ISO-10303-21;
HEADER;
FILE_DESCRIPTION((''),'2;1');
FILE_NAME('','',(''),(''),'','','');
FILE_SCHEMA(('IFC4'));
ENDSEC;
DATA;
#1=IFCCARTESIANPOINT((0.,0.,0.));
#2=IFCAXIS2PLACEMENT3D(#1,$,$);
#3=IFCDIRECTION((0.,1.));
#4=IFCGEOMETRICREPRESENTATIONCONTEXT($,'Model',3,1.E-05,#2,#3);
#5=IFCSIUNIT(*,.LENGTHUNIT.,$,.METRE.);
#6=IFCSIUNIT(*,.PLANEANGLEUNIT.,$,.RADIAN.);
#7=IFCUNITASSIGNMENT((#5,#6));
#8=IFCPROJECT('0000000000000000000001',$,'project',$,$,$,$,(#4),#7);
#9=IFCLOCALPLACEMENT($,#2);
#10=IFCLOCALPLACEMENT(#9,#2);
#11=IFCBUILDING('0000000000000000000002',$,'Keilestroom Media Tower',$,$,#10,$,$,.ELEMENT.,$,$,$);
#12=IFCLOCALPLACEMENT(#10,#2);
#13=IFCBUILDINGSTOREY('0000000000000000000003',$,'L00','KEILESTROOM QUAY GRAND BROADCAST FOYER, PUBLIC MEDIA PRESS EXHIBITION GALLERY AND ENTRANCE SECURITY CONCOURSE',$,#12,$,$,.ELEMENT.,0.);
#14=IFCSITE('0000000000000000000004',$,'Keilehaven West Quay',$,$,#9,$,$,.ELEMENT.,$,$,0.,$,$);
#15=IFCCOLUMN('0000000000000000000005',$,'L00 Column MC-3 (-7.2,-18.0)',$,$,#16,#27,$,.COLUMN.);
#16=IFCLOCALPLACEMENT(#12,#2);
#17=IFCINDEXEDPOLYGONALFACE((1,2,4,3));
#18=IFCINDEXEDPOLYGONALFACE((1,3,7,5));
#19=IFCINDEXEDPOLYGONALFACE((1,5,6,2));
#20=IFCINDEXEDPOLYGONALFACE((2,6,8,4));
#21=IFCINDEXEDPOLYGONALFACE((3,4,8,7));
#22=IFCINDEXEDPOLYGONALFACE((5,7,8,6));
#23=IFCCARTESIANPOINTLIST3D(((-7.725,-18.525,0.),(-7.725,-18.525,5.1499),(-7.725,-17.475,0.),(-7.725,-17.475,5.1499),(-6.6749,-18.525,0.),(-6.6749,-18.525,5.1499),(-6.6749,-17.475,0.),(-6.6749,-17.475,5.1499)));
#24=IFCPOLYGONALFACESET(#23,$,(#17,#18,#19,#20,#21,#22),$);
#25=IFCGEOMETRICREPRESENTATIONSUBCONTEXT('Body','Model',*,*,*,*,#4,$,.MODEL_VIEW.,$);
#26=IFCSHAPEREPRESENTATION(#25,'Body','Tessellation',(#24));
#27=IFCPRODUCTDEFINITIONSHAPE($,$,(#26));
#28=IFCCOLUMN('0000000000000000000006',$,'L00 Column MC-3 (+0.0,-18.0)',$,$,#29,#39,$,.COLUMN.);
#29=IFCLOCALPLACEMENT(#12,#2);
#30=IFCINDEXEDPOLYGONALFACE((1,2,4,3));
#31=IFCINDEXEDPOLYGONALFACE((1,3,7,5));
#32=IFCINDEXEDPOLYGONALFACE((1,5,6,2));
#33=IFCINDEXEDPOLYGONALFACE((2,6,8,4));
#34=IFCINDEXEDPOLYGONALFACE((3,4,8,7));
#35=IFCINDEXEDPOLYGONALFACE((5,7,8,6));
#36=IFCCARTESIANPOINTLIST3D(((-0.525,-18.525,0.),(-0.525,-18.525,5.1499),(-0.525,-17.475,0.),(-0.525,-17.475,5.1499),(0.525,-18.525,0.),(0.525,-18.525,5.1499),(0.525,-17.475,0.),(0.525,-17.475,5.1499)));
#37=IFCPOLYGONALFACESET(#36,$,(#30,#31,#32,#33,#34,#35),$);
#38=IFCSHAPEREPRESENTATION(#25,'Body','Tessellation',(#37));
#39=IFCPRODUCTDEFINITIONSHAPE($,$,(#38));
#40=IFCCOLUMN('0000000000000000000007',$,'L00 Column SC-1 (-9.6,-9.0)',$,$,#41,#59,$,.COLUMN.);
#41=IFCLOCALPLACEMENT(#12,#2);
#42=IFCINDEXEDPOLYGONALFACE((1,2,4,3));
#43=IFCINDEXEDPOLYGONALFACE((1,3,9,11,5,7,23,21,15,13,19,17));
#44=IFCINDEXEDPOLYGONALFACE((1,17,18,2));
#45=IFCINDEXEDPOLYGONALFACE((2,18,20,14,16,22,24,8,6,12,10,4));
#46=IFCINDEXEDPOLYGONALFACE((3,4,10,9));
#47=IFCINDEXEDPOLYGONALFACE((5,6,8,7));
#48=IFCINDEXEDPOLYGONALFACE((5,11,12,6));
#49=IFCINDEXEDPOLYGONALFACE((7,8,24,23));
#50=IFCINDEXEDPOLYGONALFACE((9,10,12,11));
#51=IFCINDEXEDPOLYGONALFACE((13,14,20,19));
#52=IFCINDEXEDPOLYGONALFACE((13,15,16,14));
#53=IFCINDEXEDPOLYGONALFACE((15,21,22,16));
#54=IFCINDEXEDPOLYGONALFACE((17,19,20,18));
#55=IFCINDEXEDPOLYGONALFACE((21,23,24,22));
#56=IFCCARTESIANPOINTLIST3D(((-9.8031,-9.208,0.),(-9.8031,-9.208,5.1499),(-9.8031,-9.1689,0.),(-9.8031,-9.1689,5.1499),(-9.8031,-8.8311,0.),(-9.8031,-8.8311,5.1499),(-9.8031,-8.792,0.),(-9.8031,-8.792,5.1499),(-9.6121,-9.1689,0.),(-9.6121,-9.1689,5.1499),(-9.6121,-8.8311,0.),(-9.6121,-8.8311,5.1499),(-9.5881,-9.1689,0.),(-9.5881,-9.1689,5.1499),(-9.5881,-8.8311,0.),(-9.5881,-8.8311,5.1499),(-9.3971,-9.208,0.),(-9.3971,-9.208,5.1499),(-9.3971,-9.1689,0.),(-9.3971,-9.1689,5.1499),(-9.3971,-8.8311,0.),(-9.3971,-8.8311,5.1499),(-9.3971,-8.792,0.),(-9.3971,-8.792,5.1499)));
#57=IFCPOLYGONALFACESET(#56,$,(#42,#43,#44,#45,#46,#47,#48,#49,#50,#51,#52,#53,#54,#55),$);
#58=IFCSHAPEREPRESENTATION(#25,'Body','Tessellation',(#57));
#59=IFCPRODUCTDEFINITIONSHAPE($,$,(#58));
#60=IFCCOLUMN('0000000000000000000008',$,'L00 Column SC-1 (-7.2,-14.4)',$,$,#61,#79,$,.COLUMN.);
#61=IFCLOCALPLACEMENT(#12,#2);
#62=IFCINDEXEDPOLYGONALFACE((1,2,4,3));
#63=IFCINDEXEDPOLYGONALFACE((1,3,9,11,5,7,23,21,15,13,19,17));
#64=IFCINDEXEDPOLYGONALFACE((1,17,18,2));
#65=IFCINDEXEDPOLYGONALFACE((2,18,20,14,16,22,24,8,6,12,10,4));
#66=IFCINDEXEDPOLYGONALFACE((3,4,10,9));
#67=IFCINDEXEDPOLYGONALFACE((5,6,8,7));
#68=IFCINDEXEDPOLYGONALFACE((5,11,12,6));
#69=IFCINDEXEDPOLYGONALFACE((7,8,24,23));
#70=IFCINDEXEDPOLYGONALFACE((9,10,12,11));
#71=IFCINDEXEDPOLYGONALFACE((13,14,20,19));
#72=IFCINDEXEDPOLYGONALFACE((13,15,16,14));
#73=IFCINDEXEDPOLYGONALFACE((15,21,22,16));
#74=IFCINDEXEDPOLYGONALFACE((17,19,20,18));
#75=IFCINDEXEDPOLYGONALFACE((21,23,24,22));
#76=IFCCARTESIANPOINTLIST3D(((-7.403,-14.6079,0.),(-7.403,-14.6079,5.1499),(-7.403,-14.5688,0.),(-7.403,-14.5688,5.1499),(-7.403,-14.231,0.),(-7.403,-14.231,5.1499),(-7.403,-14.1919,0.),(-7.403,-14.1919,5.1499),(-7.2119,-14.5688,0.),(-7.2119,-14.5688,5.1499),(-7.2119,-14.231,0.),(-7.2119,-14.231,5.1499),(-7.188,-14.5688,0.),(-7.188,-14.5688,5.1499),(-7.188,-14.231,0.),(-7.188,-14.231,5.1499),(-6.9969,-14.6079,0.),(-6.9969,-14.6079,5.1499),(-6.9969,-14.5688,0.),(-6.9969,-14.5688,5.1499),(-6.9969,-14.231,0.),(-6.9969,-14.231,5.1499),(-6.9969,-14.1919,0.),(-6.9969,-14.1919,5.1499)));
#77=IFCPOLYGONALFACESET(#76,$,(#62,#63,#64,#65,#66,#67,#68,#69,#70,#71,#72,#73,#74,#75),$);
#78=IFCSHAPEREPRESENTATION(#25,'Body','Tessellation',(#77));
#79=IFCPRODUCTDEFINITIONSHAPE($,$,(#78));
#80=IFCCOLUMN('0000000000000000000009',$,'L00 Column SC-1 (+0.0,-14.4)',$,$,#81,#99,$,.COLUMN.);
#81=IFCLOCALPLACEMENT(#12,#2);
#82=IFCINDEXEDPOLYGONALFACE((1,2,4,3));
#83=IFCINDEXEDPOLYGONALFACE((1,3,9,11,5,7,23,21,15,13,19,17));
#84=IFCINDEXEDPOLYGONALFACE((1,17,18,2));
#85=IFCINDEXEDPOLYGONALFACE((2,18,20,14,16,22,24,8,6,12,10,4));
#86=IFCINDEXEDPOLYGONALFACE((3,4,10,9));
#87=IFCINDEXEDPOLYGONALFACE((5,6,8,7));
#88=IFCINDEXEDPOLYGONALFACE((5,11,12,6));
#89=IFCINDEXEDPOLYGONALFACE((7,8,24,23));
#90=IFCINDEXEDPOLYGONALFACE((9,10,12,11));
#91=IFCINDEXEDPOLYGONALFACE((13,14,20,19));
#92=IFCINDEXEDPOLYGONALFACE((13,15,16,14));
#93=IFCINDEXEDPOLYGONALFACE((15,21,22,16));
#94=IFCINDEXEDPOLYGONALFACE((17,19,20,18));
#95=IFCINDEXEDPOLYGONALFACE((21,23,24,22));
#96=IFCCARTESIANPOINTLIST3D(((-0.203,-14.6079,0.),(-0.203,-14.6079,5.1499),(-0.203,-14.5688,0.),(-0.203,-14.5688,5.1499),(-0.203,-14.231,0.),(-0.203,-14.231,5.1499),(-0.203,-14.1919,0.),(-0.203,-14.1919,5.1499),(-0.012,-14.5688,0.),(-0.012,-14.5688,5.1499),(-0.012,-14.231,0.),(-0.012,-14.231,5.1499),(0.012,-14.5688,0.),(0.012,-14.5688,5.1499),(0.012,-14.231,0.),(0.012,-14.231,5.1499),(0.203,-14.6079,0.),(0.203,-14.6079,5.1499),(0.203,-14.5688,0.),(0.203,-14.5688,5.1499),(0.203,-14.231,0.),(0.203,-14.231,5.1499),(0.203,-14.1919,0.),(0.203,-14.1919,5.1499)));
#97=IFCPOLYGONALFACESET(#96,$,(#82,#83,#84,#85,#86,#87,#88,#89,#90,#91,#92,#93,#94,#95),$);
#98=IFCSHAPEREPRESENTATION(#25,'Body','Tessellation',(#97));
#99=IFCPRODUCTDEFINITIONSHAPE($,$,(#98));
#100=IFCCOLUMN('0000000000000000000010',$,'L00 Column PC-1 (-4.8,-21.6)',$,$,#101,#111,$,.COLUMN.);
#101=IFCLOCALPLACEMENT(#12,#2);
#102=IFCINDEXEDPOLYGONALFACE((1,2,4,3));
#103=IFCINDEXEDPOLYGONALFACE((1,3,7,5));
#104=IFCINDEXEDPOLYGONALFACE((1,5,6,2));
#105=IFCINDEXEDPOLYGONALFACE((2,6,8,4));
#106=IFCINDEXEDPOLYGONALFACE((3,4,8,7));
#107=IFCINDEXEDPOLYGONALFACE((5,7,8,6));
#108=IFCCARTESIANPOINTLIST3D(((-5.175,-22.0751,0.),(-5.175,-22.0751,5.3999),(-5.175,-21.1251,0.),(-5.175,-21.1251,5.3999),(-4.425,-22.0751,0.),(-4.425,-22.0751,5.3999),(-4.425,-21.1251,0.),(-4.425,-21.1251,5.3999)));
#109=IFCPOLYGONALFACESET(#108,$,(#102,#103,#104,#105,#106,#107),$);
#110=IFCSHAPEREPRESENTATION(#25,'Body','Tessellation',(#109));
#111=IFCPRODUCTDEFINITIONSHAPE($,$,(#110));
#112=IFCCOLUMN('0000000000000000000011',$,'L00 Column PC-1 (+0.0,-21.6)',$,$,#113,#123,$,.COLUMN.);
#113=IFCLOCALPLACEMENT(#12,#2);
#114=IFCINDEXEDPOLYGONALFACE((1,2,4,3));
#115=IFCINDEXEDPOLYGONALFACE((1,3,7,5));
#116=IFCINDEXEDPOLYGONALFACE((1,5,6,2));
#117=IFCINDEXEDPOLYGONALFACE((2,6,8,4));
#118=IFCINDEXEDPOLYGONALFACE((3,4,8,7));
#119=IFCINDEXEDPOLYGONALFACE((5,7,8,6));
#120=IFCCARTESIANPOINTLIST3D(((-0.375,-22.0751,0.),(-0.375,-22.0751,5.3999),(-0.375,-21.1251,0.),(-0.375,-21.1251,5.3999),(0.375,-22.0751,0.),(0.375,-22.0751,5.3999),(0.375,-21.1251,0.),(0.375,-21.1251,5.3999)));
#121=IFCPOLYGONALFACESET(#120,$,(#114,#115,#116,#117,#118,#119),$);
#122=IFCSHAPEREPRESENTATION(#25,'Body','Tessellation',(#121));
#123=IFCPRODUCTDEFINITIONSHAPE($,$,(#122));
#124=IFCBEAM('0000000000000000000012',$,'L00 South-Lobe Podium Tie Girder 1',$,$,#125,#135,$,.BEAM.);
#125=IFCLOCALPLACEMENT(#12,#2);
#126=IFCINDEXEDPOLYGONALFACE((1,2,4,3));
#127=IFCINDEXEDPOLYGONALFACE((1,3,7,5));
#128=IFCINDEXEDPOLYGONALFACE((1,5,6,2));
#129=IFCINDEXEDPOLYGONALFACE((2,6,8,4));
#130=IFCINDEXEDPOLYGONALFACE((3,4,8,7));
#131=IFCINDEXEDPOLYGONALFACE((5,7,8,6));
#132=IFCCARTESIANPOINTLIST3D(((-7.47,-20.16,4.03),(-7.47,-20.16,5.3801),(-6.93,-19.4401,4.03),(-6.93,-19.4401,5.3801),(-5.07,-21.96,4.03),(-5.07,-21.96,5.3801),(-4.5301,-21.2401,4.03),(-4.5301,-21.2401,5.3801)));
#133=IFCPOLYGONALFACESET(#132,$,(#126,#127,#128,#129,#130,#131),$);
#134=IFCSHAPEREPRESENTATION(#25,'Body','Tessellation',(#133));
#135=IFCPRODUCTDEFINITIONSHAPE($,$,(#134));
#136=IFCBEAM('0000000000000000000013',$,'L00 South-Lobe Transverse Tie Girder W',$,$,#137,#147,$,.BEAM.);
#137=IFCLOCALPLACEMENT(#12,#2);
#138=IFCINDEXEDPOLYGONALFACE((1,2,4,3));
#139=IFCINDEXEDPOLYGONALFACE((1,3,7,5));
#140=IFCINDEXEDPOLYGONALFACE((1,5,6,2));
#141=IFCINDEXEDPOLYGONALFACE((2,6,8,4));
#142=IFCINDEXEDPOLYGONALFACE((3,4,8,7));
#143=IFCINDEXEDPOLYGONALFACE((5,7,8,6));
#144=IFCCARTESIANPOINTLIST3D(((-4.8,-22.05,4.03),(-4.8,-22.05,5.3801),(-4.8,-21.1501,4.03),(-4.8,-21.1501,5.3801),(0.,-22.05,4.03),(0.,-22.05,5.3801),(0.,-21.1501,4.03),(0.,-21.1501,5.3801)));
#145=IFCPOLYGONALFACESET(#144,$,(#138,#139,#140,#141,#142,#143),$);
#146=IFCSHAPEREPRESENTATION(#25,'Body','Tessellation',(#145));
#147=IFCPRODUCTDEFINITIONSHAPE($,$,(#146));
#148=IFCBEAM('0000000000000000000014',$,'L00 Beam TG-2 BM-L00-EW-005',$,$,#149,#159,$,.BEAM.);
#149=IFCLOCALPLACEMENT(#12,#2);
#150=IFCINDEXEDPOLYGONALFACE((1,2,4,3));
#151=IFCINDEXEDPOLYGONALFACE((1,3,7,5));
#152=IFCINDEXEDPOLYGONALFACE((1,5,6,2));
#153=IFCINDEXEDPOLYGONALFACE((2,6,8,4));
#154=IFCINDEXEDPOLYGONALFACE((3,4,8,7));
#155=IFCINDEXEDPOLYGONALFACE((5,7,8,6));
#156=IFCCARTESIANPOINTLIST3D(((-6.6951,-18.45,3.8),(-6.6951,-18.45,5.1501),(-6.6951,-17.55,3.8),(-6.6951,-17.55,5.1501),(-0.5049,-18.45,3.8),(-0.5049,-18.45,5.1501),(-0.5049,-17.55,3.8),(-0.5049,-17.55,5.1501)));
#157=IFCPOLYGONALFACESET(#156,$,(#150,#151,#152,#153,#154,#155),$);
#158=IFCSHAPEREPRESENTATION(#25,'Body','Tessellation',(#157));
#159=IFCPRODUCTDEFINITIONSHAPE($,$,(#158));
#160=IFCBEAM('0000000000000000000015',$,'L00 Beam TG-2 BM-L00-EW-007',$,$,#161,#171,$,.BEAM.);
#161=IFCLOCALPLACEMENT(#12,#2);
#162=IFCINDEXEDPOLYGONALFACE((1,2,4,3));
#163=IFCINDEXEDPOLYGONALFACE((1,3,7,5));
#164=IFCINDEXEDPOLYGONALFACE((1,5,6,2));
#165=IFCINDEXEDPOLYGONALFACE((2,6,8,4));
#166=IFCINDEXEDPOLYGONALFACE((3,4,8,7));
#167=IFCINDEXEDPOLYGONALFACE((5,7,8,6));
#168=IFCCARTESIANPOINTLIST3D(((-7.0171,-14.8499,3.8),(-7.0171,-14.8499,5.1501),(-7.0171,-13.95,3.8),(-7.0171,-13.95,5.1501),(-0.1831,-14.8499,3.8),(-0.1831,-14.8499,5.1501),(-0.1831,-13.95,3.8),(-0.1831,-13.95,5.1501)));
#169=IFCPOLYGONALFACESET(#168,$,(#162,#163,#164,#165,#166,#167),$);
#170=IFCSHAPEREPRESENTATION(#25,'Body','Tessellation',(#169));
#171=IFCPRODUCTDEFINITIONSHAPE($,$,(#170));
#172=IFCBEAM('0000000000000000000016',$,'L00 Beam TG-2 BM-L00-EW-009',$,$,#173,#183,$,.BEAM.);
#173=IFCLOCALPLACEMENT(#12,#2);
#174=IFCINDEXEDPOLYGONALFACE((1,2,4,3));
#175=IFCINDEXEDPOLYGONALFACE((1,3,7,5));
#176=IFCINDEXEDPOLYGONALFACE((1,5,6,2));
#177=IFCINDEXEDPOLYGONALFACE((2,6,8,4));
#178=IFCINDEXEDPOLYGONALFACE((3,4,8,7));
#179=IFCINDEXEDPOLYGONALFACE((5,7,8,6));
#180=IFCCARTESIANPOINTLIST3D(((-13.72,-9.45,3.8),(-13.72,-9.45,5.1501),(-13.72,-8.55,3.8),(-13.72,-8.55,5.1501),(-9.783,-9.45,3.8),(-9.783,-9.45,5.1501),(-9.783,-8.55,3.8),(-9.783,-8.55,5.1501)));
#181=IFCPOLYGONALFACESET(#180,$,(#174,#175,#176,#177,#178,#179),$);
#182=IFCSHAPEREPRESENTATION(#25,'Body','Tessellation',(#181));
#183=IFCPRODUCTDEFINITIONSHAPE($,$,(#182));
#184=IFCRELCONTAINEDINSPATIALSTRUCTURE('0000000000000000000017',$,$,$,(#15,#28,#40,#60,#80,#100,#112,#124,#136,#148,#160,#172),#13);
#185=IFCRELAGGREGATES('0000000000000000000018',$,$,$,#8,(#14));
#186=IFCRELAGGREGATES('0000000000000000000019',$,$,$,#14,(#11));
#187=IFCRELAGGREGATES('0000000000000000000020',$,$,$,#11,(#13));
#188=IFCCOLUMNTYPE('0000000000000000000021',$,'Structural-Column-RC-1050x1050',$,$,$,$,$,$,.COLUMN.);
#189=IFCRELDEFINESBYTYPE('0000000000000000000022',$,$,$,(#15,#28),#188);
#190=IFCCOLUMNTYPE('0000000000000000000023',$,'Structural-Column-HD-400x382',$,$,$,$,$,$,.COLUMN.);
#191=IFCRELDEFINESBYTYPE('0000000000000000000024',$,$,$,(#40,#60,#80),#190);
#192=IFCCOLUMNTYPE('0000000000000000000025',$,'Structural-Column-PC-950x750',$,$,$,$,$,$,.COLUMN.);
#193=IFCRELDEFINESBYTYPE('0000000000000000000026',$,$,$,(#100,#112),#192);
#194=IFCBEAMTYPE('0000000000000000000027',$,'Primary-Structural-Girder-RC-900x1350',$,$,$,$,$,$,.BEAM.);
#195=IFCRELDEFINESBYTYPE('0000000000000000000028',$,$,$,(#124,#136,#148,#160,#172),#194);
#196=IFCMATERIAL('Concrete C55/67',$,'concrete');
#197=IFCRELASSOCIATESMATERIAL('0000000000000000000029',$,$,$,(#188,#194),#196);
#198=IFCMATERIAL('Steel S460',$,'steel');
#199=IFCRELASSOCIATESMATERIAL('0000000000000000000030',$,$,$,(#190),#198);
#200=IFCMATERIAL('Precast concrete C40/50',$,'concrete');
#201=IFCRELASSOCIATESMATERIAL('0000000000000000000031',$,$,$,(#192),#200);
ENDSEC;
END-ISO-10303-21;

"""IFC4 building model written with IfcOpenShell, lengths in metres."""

from ifc_helpers import new_model, si_unit, direction, frame, origin, origin_2d, place, context, subcontext, project, spatial, rectangle, i_section, extrude, source, transform, mapped, material, material_profile, profile_set, type_object, element, save


model = new_model("IFC4")

# Units and contexts
model_context = context("Model", 3, precision=1e-05, world=origin(), true_north=direction((0.0, 1.0)))
body_context = subcontext(model_context, "Body", "Model", "MODEL_VIEW")
ifc_project = project(units=[si_unit("LENGTHUNIT", "METRE"), si_unit("PLANEANGLEUNIT", "RADIAN")], contexts=[model_context])

# Site, building, storey
site_placement = place(None, origin())
site = spatial("IfcSite", under=ifc_project, at=site_placement, Name="Keilehaven West Quay", CompositionType="ELEMENT", RefElevation=0.0)
building_placement = place(site_placement, origin())
building = spatial("IfcBuilding", under=site, at=building_placement, Name="Keilestroom Media Tower", CompositionType="ELEMENT")
storey_placement = place(building_placement, origin())
storey = spatial("IfcBuildingStorey", under=building, at=storey_placement, Name="L00", Description="KEILESTROOM QUAY GRAND BROADCAST FOYER, PUBLIC MEDIA PRESS EXHIBITION GALLERY AND ENTRANCE SECURITY CONCOURSE", CompositionType="ELEMENT", Elevation=0.0)

# Columns
ifc_material_1 = material(Name="Concrete C55/67", Category="concrete")
ifc_material_profile_1 = material_profile(ifc_material_1, rectangle(XDim=1.05, YDim=1.05, at=origin_2d()), Name="RC 1050x1050")
ifc_profile_set_1 = profile_set([ifc_material_profile_1], Name="Concrete C55/67")
column_type_1 = type_object("IfcColumnType", Name="Structural-Column-RC-1050x1050", PredefinedType="COLUMN", material=ifc_profile_set_1)
shared_shape_1 = source(origin(), body_context, "Body", "SweptSolid", [
    extrude(rectangle(XDim=1.05, YDim=1.05, at=origin_2d()), origin(), (0.0, 0.0, 1.0), 5.1499),
])
for number, where, z_axis, x_axis, name in (
    (1, (-7.2, -18.0, 0.0), (0.0, 0.0, 1.0), (1.0, 0.0, 0.0), "L00 Column MC-3 (-7.2,-18.0)"),
    (2, (0.0, -18.0, 0.0), (0.0, 0.0, 1.0), (1.0, 0.0, 0.0), "L00 Column MC-3 (+0.0,-18.0)"),
):
    element("IfcColumn", number, at=place(storey_placement, frame(where, z_axis=z_axis, x_axis=x_axis)), inside=storey, type_object=column_type_1, Name=name, PredefinedType="COLUMN", context=body_context, shape_type="MappedRepresentation", body=[
        mapped(shared_shape_1, transform((0.0, 0.0, 0.0), x_axis=(1.0, 0.0, 0.0), y_axis=(0.0, 1.0, 0.0), z_axis=(0.0, 0.0, 1.0), scale=1.0)),
    ])
ifc_material_2 = material(Name="Steel S460", Category="steel")
ifc_material_profile_2 = material_profile(ifc_material_2, i_section(OverallWidth=0.406, OverallDepth=0.416, WebThickness=0.0239, FlangeThickness=0.0391, at=origin_2d()), Name="HD 400x382")
ifc_profile_set_2 = profile_set([ifc_material_profile_2], Name="Steel S460")
column_type_2 = type_object("IfcColumnType", Name="Structural-Column-HD-400x382", PredefinedType="COLUMN", material=ifc_profile_set_2)
shared_shape_2 = source(origin(), body_context, "Body", "SweptSolid", [
    extrude(i_section(OverallWidth=0.406, OverallDepth=0.416, WebThickness=0.0239, FlangeThickness=0.0391, at=origin_2d()), origin(), (0.0, 0.0, 1.0), 5.1499),
])
for number, where, z_axis, x_axis, name in (
    (3, (-9.6001, -9.0, 0.0), (0.0, 0.0, 1.0), (1.0, 0.0, 0.0), "L00 Column SC-1 (-9.6,-9.0)"),
    (4, (-7.2, -14.3999, 0.0), (0.0, 0.0, 1.0), (1.0, 0.0, 0.0), "L00 Column SC-1 (-7.2,-14.4)"),
    (5, (0.0, -14.3999, 0.0), (0.0, 0.0, 1.0), (1.0, 0.0, 0.0), "L00 Column SC-1 (+0.0,-14.4)"),
):
    element("IfcColumn", number, at=place(storey_placement, frame(where, z_axis=z_axis, x_axis=x_axis)), inside=storey, type_object=column_type_2, Name=name, PredefinedType="COLUMN", context=body_context, shape_type="MappedRepresentation", body=[
        mapped(shared_shape_2, transform((0.0, 0.0, 0.0), x_axis=(1.0, 0.0, 0.0), y_axis=(0.0, 1.0, 0.0), z_axis=(0.0, 0.0, 1.0), scale=1.0)),
    ])
ifc_material_3 = material(Name="Precast concrete C40/50", Category="concrete")
ifc_material_profile_3 = material_profile(ifc_material_3, rectangle(XDim=0.75, YDim=0.95, at=origin_2d()), Name="PC 950x750")
ifc_profile_set_3 = profile_set([ifc_material_profile_3], Name="Precast concrete C40/50")
column_type_3 = type_object("IfcColumnType", Name="Structural-Column-PC-950x750", PredefinedType="COLUMN", material=ifc_profile_set_3)
shared_shape_3 = source(origin(), body_context, "Body", "SweptSolid", [
    extrude(rectangle(XDim=0.75, YDim=0.95, at=origin_2d()), origin(), (0.0, 0.0, 1.0), 5.3999),
])
for number, where, z_axis, x_axis, name in (
    (6, (-4.8, -21.6001, 0.0), (0.0, 0.0, 1.0), (1.0, 0.0, 0.0), "L00 Column PC-1 (-4.8,-21.6)"),
    (7, (0.0, -21.6001, 0.0), (0.0, 0.0, 1.0), (1.0, 0.0, 0.0), "L00 Column PC-1 (+0.0,-21.6)"),
):
    element("IfcColumn", number, at=place(storey_placement, frame(where, z_axis=z_axis, x_axis=x_axis)), inside=storey, type_object=column_type_3, Name=name, PredefinedType="COLUMN", context=body_context, shape_type="MappedRepresentation", body=[
        mapped(shared_shape_3, transform((0.0, 0.0, 0.0), x_axis=(1.0, 0.0, 0.0), y_axis=(0.0, 1.0, 0.0), z_axis=(0.0, 0.0, 1.0), scale=1.0)),
    ])

# Beams
ifc_material_profile_4 = material_profile(ifc_material_1, rectangle(XDim=0.8999, YDim=1.3501, at=origin_2d()), Name="RC 900x1350")
ifc_profile_set_4 = profile_set([ifc_material_profile_4], Name="Concrete C55/67")
beam_type_1 = type_object("IfcBeamType", Name="Primary-Structural-Girder-RC-900x1350", PredefinedType="BEAM", material=ifc_profile_set_4)
shared_shape_4 = source(origin(), body_context, "Body", "SweptSolid", [
    extrude(rectangle(XDim=0.8999, YDim=1.3501, at=origin_2d()), origin(), (0.0, 0.0, 1.0), 3.0),
])
beam_1_placement = place(storey_placement, frame((-4.8, -21.6001, 4.7051), z_axis=(-0.79998, 0.600026, 0.0), x_axis=(-0.600026, -0.79998, 0.0)))
element("IfcBeam", 8, at=beam_1_placement, inside=storey, type_object=beam_type_1, Name="L00 South-Lobe Podium Tie Girder 1", PredefinedType="BEAM", context=body_context, shape_type="MappedRepresentation", body=[
    mapped(shared_shape_4, transform((0.0, 0.0, 0.0), x_axis=(1.0, 0.0, 0.0), y_axis=(0.0, 1.0, 0.0), z_axis=(0.0, 0.0, 1.0), scale=1.0)),
])
shared_shape_5 = source(origin(), body_context, "Body", "SweptSolid", [
    extrude(rectangle(XDim=0.8999, YDim=1.3501, at=origin_2d()), origin(), (0.0, 0.0, 1.0), 4.8),
])
beam_2_placement = place(storey_placement, frame((-4.8, -21.6001, 4.7051), z_axis=(1.0, 0.0, 0.0), x_axis=(0.0, 1.0, 0.0)))
element("IfcBeam", 9, at=beam_2_placement, inside=storey, type_object=beam_type_1, Name="L00 South-Lobe Transverse Tie Girder W", PredefinedType="BEAM", context=body_context, shape_type="MappedRepresentation", body=[
    mapped(shared_shape_5, transform((0.0, 0.0, 0.0), x_axis=(1.0, 0.0, 0.0), y_axis=(0.0, 1.0, 0.0), z_axis=(0.0, 0.0, 1.0), scale=1.0)),
])
shared_shape_6 = source(origin(), body_context, "Body", "SweptSolid", [
    extrude(rectangle(XDim=0.8999, YDim=1.3501, at=origin_2d()), origin(), (0.0, 0.0, 1.0), 6.1902),
])
beam_3_placement = place(storey_placement, frame((-6.6951, -18.0, 4.4751), z_axis=(1.0, 0.0, 0.0), x_axis=(0.0, 1.0, 0.0)))
element("IfcBeam", 10, at=beam_3_placement, inside=storey, type_object=beam_type_1, Name="L00 Beam TG-2 BM-L00-EW-005", PredefinedType="BEAM", context=body_context, shape_type="MappedRepresentation", body=[
    mapped(shared_shape_6, transform((0.0, 0.0, 0.0), x_axis=(1.0, 0.0, 0.0), y_axis=(0.0, 1.0, 0.0), z_axis=(0.0, 0.0, 1.0), scale=1.0)),
])
shared_shape_7 = source(origin(), body_context, "Body", "SweptSolid", [
    extrude(rectangle(XDim=0.8999, YDim=1.3501, at=origin_2d()), origin(), (0.0, 0.0, 1.0), 6.834),
])
beam_4_placement = place(storey_placement, frame((-7.0171, -14.3999, 4.4751), z_axis=(1.0, 0.0, 0.0), x_axis=(0.0, 1.0, 0.0)))
element("IfcBeam", 11, at=beam_4_placement, inside=storey, type_object=beam_type_1, Name="L00 Beam TG-2 BM-L00-EW-007", PredefinedType="BEAM", context=body_context, shape_type="MappedRepresentation", body=[
    mapped(shared_shape_7, transform((0.0, 0.0, 0.0), x_axis=(1.0, 0.0, 0.0), y_axis=(0.0, 1.0, 0.0), z_axis=(0.0, 0.0, 1.0), scale=1.0)),
])
shared_shape_8 = source(origin(), body_context, "Body", "SweptSolid", [
    extrude(rectangle(XDim=0.8999, YDim=1.3501, at=origin_2d()), origin(), (0.0, 0.0, 1.0), 3.937),
])
beam_5_placement = place(storey_placement, frame((-13.72, -9.0, 4.4751), z_axis=(1.0, 0.0, 0.0), x_axis=(0.0, 1.0, 0.0)))
element("IfcBeam", 12, at=beam_5_placement, inside=storey, type_object=beam_type_1, Name="L00 Beam TG-2 BM-L00-EW-009", PredefinedType="BEAM", context=body_context, shape_type="MappedRepresentation", body=[
    mapped(shared_shape_8, transform((0.0, 0.0, 0.0), x_axis=(1.0, 0.0, 0.0), y_axis=(0.0, 1.0, 0.0), z_axis=(0.0, 0.0, 1.0), scale=1.0)),
])

save(model, "model.ifc")
